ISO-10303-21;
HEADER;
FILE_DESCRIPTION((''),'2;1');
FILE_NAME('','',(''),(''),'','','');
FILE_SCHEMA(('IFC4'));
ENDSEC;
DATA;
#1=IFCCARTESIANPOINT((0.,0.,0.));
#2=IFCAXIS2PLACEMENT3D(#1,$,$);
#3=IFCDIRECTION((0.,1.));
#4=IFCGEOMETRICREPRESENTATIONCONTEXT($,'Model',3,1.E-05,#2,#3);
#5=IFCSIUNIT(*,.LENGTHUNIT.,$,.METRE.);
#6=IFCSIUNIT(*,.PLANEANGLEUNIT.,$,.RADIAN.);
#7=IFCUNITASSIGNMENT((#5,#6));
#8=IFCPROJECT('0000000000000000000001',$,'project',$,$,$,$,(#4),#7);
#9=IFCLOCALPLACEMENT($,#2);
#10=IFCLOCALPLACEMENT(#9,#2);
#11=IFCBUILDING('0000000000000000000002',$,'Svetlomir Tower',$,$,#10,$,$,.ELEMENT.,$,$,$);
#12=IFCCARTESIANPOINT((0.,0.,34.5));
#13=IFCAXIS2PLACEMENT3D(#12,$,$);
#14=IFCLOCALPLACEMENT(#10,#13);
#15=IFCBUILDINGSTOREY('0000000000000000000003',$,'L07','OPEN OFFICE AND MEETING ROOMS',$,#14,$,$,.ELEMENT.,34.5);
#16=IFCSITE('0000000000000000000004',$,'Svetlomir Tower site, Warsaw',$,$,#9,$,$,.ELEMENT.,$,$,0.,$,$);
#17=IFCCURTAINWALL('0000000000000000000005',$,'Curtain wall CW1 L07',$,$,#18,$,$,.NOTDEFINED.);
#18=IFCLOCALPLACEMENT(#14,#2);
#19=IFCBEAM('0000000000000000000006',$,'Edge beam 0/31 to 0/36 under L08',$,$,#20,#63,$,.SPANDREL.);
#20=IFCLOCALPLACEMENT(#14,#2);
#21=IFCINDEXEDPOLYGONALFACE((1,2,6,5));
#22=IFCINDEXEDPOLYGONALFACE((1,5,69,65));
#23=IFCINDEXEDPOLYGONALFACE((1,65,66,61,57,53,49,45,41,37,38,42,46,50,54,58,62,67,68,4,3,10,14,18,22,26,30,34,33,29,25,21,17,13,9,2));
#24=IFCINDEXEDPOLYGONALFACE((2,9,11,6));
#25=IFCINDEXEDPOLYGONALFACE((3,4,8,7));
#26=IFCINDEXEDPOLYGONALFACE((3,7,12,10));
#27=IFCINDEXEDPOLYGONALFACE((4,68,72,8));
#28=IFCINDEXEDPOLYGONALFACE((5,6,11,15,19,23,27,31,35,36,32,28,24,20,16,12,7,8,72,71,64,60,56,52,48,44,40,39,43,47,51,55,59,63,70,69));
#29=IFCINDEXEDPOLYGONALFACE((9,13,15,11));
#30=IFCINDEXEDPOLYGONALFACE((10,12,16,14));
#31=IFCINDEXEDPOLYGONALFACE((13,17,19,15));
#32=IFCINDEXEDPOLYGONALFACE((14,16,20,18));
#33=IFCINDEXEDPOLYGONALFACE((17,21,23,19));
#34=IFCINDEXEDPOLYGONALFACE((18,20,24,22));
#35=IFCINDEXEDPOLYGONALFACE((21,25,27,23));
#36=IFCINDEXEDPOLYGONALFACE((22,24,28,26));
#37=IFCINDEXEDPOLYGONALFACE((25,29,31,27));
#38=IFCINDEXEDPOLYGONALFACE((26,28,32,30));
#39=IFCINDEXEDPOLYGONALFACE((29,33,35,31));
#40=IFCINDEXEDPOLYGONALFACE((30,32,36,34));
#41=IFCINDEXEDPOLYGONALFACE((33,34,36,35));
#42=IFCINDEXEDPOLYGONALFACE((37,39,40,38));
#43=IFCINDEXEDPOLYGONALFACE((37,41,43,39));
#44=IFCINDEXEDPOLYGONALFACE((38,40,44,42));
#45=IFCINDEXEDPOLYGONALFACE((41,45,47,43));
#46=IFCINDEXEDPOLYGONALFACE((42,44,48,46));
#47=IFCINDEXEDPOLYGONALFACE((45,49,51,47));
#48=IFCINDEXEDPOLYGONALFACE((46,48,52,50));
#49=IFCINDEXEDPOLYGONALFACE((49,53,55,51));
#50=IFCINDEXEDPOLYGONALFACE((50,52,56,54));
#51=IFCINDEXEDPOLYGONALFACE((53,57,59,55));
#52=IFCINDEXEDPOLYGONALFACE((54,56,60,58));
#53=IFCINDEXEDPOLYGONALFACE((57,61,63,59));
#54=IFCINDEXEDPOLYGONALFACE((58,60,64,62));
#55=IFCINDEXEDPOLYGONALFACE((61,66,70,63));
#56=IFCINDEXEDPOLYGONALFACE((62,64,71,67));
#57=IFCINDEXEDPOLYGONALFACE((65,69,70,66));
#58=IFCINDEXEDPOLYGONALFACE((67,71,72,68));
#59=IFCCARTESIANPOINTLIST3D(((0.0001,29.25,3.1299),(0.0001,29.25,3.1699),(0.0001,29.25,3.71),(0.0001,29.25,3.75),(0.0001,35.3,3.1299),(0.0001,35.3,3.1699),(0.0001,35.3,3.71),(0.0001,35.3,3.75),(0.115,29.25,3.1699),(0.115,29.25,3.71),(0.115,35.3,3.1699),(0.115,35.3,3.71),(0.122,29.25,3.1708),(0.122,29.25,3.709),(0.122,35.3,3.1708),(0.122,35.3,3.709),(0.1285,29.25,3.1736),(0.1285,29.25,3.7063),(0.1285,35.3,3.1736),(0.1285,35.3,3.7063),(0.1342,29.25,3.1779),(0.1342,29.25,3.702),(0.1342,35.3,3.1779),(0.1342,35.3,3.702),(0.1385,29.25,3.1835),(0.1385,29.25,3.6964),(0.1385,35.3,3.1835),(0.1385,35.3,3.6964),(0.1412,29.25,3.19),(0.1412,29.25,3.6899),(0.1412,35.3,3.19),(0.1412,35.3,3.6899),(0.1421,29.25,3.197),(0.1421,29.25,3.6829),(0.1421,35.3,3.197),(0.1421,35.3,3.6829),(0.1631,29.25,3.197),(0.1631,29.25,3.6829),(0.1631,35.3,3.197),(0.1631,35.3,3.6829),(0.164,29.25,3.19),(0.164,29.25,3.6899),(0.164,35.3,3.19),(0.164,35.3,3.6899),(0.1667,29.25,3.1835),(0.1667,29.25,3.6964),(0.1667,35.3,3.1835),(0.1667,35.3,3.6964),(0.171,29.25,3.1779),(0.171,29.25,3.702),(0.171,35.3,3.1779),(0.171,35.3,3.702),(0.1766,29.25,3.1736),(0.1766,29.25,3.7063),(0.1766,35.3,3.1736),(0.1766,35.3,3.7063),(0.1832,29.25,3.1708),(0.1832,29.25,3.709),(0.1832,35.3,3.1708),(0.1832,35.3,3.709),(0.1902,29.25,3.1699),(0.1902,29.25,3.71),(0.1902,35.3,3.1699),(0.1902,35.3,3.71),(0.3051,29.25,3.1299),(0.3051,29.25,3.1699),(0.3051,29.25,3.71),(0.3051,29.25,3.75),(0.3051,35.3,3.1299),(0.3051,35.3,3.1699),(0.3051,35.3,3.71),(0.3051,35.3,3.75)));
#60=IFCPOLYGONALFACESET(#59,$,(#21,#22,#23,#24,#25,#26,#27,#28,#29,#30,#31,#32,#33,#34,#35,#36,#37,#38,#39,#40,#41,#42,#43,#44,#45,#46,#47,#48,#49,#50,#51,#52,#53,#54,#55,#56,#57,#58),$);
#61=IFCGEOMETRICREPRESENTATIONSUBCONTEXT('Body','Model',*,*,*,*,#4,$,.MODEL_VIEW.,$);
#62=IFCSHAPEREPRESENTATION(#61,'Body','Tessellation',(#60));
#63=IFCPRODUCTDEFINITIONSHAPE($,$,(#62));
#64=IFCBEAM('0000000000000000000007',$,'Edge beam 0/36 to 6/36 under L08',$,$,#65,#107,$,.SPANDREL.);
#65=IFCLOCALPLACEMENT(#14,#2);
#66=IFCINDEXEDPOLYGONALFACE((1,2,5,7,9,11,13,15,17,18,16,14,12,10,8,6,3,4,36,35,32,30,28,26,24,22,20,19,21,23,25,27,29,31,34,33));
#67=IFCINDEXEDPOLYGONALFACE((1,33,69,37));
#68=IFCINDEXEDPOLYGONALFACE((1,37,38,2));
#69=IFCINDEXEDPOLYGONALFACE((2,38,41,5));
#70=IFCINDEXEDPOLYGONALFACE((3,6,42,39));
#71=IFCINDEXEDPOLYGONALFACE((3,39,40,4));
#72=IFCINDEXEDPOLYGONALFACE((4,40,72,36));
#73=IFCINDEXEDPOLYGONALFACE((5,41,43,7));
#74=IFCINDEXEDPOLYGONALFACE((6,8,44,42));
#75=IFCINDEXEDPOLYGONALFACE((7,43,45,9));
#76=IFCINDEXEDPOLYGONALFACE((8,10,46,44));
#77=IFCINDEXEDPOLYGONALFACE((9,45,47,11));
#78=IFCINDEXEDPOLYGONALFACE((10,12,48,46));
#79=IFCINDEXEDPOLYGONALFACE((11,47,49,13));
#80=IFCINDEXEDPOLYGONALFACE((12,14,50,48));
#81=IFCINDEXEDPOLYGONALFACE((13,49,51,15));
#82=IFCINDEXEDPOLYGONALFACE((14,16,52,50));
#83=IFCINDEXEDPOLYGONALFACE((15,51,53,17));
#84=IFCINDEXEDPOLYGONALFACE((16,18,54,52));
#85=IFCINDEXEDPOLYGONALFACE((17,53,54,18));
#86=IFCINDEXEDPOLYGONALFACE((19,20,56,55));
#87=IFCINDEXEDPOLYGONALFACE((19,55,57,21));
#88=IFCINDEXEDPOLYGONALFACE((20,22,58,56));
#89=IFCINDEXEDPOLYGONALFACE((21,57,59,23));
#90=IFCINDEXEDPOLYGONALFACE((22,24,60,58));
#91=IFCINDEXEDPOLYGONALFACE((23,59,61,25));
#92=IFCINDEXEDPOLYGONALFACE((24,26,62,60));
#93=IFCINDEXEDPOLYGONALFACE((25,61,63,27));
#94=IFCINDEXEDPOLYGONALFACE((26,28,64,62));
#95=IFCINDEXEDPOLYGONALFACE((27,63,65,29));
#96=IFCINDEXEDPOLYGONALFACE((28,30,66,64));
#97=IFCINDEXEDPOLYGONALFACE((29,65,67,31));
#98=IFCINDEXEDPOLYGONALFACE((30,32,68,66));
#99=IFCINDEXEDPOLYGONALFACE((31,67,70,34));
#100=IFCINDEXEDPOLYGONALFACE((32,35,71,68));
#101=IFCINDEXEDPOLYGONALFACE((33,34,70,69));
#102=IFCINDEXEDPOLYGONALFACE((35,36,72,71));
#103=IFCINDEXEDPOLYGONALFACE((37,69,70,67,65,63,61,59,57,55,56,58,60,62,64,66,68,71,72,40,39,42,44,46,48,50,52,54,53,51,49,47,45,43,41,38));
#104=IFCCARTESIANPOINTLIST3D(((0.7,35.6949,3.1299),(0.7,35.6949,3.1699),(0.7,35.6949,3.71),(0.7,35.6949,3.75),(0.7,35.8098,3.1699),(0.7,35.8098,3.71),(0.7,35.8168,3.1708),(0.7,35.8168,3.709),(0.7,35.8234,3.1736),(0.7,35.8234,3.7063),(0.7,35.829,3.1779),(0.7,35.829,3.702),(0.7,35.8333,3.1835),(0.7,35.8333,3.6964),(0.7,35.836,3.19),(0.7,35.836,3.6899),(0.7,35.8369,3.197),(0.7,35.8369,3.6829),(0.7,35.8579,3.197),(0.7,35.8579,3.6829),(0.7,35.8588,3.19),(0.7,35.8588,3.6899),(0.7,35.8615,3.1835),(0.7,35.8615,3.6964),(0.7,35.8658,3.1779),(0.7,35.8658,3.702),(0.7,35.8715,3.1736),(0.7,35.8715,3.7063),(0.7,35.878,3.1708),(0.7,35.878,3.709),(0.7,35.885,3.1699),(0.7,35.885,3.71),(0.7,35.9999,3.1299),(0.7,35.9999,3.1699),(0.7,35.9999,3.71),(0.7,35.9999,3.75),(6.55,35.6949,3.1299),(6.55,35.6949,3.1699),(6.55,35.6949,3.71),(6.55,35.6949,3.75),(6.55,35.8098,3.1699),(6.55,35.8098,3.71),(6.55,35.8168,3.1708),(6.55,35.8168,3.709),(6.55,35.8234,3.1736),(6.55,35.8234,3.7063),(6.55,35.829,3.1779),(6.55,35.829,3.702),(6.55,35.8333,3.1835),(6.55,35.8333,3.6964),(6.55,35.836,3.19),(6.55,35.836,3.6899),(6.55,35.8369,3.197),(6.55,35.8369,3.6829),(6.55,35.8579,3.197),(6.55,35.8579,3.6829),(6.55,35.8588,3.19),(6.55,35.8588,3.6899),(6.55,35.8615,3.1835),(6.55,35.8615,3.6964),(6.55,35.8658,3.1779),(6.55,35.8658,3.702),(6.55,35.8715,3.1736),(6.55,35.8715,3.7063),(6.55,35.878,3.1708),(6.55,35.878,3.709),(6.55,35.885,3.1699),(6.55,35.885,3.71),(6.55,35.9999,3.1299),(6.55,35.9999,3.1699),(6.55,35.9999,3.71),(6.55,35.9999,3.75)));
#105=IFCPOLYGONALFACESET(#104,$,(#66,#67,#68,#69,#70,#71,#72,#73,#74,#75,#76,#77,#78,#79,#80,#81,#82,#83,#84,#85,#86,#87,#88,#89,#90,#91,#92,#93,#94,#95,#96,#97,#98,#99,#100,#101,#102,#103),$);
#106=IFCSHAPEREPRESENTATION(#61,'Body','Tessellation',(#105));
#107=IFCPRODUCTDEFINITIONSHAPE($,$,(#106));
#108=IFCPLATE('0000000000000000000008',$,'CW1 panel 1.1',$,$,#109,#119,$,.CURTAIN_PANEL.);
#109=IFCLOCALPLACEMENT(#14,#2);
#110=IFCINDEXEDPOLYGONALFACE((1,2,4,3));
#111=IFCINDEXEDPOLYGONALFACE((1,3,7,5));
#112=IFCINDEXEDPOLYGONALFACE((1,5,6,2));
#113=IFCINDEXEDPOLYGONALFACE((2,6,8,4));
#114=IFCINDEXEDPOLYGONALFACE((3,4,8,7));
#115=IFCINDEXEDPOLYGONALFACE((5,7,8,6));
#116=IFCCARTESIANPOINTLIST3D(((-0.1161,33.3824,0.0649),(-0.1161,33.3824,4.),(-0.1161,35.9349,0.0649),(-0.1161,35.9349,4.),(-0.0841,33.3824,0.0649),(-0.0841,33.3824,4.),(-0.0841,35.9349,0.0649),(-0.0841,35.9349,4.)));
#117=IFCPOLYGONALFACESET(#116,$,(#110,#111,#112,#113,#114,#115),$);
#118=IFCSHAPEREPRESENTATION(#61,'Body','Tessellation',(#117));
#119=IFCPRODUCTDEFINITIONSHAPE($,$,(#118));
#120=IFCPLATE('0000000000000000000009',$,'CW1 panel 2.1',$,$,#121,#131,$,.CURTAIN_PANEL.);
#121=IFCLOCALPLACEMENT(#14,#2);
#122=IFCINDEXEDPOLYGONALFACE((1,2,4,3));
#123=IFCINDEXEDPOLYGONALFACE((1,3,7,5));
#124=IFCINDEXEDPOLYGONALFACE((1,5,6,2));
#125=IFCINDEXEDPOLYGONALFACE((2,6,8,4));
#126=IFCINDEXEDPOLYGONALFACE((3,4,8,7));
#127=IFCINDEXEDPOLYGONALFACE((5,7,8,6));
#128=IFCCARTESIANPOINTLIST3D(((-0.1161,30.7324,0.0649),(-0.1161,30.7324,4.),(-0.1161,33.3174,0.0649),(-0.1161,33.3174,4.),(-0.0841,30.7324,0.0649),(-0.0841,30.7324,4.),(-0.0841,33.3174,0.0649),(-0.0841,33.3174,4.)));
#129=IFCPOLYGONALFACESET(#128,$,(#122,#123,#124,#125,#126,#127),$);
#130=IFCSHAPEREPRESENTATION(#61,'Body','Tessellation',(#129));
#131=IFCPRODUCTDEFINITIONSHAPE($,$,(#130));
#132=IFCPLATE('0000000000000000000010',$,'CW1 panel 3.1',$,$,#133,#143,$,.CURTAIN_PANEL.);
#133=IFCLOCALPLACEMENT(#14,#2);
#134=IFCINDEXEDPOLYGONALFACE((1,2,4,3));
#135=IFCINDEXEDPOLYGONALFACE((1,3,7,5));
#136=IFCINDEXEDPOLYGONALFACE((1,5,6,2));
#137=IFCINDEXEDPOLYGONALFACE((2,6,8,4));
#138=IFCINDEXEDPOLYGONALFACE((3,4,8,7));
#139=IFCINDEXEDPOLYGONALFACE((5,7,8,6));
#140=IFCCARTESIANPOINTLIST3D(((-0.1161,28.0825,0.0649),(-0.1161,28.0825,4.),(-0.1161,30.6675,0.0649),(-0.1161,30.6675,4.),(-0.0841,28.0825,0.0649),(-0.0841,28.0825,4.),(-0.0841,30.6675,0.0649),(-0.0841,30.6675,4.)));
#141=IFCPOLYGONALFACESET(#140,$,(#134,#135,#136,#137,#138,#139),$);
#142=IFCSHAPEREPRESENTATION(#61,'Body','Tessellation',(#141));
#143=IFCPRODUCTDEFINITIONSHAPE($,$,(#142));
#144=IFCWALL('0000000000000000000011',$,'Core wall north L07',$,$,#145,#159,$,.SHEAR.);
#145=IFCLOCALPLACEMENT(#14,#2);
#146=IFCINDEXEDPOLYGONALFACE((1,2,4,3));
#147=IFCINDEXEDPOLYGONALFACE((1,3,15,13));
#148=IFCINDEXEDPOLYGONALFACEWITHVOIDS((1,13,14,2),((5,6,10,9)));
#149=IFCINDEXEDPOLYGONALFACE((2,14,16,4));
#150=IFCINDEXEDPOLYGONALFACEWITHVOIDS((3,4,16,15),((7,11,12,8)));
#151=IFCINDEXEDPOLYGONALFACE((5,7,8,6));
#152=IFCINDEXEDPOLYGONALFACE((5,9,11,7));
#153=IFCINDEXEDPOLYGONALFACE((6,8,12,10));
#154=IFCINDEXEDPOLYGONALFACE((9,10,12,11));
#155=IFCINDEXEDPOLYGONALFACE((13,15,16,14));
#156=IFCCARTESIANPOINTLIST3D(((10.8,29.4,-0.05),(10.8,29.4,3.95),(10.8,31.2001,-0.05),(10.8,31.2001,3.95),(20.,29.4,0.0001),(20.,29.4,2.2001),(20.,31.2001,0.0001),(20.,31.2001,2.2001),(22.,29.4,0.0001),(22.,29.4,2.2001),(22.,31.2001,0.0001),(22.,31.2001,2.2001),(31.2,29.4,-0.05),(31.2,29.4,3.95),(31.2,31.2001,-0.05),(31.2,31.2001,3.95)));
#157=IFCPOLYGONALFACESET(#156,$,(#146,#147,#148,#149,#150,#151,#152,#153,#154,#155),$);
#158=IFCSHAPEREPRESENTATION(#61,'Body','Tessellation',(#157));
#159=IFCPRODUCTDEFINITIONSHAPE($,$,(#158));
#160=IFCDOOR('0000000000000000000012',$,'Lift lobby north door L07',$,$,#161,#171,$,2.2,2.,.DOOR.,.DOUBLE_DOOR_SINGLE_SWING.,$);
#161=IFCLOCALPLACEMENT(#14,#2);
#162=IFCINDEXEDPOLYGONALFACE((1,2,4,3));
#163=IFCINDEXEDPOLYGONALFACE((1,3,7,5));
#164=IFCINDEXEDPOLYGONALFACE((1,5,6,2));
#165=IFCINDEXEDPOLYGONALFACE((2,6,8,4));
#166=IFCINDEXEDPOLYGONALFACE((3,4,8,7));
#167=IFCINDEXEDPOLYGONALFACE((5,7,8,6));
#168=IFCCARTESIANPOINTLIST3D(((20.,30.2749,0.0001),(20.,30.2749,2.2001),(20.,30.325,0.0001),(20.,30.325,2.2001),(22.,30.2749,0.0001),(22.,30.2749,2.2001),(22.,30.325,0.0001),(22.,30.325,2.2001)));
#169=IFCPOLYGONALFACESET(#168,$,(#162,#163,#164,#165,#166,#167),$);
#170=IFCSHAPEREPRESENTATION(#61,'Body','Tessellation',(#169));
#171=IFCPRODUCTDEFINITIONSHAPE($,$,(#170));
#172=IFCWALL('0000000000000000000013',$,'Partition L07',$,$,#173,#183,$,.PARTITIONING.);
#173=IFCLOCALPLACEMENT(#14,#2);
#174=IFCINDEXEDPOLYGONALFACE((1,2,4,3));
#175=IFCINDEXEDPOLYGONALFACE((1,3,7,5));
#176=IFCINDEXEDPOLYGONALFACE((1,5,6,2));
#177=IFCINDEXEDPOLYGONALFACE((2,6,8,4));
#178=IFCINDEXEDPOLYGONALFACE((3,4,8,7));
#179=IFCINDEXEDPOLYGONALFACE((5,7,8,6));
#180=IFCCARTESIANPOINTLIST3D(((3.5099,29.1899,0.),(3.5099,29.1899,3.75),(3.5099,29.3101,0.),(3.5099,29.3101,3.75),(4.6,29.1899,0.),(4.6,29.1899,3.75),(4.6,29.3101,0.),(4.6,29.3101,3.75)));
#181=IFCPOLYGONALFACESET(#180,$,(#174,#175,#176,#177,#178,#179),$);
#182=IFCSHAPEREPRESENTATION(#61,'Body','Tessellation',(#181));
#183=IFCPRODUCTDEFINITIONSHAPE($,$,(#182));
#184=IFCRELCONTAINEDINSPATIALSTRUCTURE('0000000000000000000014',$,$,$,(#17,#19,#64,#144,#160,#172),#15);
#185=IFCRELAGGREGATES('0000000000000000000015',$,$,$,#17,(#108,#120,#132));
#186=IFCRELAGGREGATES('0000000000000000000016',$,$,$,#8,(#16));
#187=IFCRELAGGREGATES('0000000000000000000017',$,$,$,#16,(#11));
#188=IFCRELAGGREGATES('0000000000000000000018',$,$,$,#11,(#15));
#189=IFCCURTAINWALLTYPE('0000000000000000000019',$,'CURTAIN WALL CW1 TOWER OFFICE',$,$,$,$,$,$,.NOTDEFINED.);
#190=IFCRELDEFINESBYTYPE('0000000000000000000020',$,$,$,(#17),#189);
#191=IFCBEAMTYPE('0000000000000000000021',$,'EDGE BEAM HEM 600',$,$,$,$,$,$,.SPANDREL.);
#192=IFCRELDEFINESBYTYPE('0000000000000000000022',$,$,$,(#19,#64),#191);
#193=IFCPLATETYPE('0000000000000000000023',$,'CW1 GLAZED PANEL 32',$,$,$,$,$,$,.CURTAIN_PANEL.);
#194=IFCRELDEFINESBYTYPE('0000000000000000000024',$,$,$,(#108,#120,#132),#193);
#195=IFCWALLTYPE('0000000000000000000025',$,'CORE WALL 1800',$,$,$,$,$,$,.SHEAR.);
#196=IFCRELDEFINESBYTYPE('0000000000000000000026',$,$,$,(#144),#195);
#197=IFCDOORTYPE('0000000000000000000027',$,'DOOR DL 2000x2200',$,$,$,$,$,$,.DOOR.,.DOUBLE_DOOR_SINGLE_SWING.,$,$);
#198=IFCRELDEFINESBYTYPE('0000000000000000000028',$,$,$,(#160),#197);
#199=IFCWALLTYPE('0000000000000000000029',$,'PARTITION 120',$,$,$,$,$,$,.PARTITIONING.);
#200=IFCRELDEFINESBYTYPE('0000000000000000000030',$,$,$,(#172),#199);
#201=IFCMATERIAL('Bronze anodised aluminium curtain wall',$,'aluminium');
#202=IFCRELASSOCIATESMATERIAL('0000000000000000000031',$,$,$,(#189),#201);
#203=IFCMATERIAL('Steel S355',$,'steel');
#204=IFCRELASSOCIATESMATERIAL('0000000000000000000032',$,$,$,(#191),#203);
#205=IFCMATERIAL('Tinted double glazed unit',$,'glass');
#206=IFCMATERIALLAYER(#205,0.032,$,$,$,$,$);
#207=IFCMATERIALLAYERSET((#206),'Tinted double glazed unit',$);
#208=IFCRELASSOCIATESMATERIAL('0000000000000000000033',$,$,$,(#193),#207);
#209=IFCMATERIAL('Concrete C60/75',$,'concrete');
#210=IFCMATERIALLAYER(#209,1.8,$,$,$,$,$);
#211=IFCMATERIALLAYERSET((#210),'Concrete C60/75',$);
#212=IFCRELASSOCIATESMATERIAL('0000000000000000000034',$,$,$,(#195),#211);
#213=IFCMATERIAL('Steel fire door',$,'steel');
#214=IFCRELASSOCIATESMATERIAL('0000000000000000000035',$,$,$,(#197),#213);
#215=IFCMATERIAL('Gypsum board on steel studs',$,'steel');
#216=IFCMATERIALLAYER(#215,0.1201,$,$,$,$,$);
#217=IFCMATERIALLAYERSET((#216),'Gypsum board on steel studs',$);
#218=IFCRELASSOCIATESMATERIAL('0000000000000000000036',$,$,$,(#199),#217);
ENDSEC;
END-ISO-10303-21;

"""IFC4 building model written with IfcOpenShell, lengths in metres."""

from ifc_helpers import new_model, si_unit, direction, frame, frame_2d, origin, origin_2d, place, context, subcontext, project, spatial, rectangle, i_section, extrude, material, layer, layer_set, material_profile, profile_set, type_object, element, fill, aggregate, save


model = new_model("IFC4")

# Units and contexts
model_context = context("Model", 3, precision=1e-05, world=origin(), true_north=direction((0.0, 1.0)))
body_context = subcontext(model_context, "Body", "Model", "MODEL_VIEW")
ifc_project = project(units=[si_unit("LENGTHUNIT", "METRE"), si_unit("PLANEANGLEUNIT", "RADIAN")], contexts=[model_context])

# Site, building, storey
site_placement = place(None, origin())
site = spatial("IfcSite", under=ifc_project, at=site_placement, Name="Svetlomir Tower site, Warsaw", CompositionType="ELEMENT", RefElevation=0.0)
building_placement = place(site_placement, origin())
building = spatial("IfcBuilding", under=site, at=building_placement, Name="Svetlomir Tower", CompositionType="ELEMENT")
storey_placement = place(building_placement, frame((0.0, 0.0, 34.5)))
storey = spatial("IfcBuildingStorey", under=building, at=storey_placement, Name="L07", Description="OPEN OFFICE AND MEETING ROOMS", CompositionType="ELEMENT", Elevation=34.5)

# Curtain wall
ifc_material_1 = material(Name="Bronze anodised aluminium curtain wall", Category="aluminium")
curtain_wall_type = type_object("IfcCurtainWallType", Name="CURTAIN WALL CW1 TOWER OFFICE", PredefinedType="NOTDEFINED", material=ifc_material_1)
curtain_wall_placement = place(storey_placement, origin())
curtain_wall = element("IfcCurtainWall", 1, at=curtain_wall_placement, inside=storey, type_object=curtain_wall_type, Name="Curtain wall CW1 L07", PredefinedType="NOTDEFINED")

# Beams
ifc_material_2 = material(Name="Steel S355", Category="steel")
ifc_material_profile_1 = material_profile(ifc_material_2, i_section(OverallWidth=0.3049, OverallDepth=0.6201, WebThickness=0.021, FlangeThickness=0.04, FilletRadius=0.0271, at=origin_2d()), Name="HEM 600")
ifc_profile_set_1 = profile_set([ifc_material_profile_1], Name="Steel S355")
beam_type = type_object("IfcBeamType", Name="EDGE BEAM HEM 600", PredefinedType="SPANDREL", material=ifc_profile_set_1)
beam_1_placement = place(storey_placement, frame((0.1526, 29.25, 3.4399), z_axis=(0.0, 1.0, 0.0), x_axis=(-1.0, 0.0, 0.0)))
element("IfcBeam", 2, at=beam_1_placement, inside=storey, type_object=beam_type, Name="Edge beam 0/31 to 0/36 under L08", PredefinedType="SPANDREL", context=body_context, shape_type="SweptSolid", body=[
    extrude(i_section(OverallWidth=0.3049, OverallDepth=0.6201, WebThickness=0.021, FlangeThickness=0.04, FilletRadius=0.0271, at=origin_2d()), origin(), (0.0, 0.0, 1.0), 6.05),
])
beam_2_placement = place(storey_placement, frame((0.7, 35.8474, 3.4399), z_axis=(1.0, 0.0, 0.0), x_axis=(0.0, 1.0, 0.0)))
element("IfcBeam", 3, at=beam_2_placement, inside=storey, type_object=beam_type, Name="Edge beam 0/36 to 6/36 under L08", PredefinedType="SPANDREL", context=body_context, shape_type="SweptSolid", body=[
    extrude(i_section(OverallWidth=0.3049, OverallDepth=0.6201, WebThickness=0.021, FlangeThickness=0.04, FilletRadius=0.0271, at=origin_2d()), origin(), (0.0, 0.0, 1.0), 5.8501),
])

# Plates
ifc_material_3 = material(Name="Tinted double glazed unit", Category="glass")
ifc_layer_1 = layer(ifc_material_3, 0.032)
ifc_layer_set_1 = layer_set([ifc_layer_1], Name="Tinted double glazed unit")
plate_type = type_object("IfcPlateType", Name="CW1 GLAZED PANEL 32", PredefinedType="CURTAIN_PANEL", material=ifc_layer_set_1)
plate_1_placement = place(storey_placement, frame((-0.1001, 34.6587, 0.0649), z_axis=(0.0, 0.0, 1.0), x_axis=(0.0, -1.0, 0.0)))
plate_1 = element("IfcPlate", 4, at=plate_1_placement, type_object=plate_type, Name="CW1 panel 1.1", PredefinedType="CURTAIN_PANEL", context=body_context, shape_type="SweptSolid", body=[
    extrude(rectangle(XDim=2.5525, YDim=0.032, at=origin_2d()), origin(), (0.0, 0.0, 1.0), 3.9351),
])
plate_2_placement = place(storey_placement, frame((-0.1001, 32.0249, 0.0649), z_axis=(0.0, 0.0, 1.0), x_axis=(0.0, -1.0, 0.0)))
plate_2 = element("IfcPlate", 5, at=plate_2_placement, type_object=plate_type, Name="CW1 panel 2.1", PredefinedType="CURTAIN_PANEL", context=body_context, shape_type="SweptSolid", body=[
    extrude(rectangle(XDim=2.585, YDim=0.032, at=origin_2d()), origin(), (0.0, 0.0, 1.0), 3.9351),
])
plate_3_placement = place(storey_placement, frame((-0.1001, 29.375, 0.0649), z_axis=(0.0, 0.0, 1.0), x_axis=(0.0, -1.0, 0.0)))
plate_3 = element("IfcPlate", 6, at=plate_3_placement, type_object=plate_type, Name="CW1 panel 3.1", PredefinedType="CURTAIN_PANEL", context=body_context, shape_type="SweptSolid", body=[
    extrude(rectangle(XDim=2.585, YDim=0.032, at=origin_2d()), origin(), (0.0, 0.0, 1.0), 3.9351),
])
aggregate(curtain_wall, [plate_1, plate_2, plate_3])

# Wall, opening, door
ifc_material_4 = material(Name="Concrete C60/75", Category="concrete")
ifc_layer_2 = layer(ifc_material_4, 1.8)
ifc_layer_set_2 = layer_set([ifc_layer_2], Name="Concrete C60/75")
wall_type_1 = type_object("IfcWallType", Name="CORE WALL 1800", PredefinedType="SHEAR", material=ifc_layer_set_2)
wall_1_placement = place(storey_placement, frame((10.8, 30.3, -0.05), z_axis=(0.0, 0.0, 1.0), x_axis=(1.0, 0.0, 0.0)))
wall_1 = element("IfcWall", 7, at=wall_1_placement, inside=storey, type_object=wall_type_1, Name="Core wall north L07", PredefinedType="SHEAR", context=body_context, shape_type="SweptSolid", body=[
    extrude(rectangle(XDim=20.3999, YDim=1.8, at=frame_2d((10.2, 0.0))), origin(), (0.0, 0.0, 1.0), 4.0),
])
opening_1_placement = place(wall_1_placement, frame((9.2, 0.0, 0.05)))
opening_1 = element("IfcOpeningElement", 8, at=opening_1_placement, cuts=wall_1, PredefinedType="OPENING", context=body_context, shape_type="SweptSolid", body=[
    extrude(rectangle(XDim=2.0, YDim=2.2, at=frame_2d((1.0, 1.1001))), frame((0.0, 0.9102, 0.0), z_axis=(0.0, -1.0, 0.0), x_axis=(1.0, 0.0, 0.0)), (0.0, 0.0, 1.0), 1.8201),
])
ifc_material_5 = material(Name="Steel fire door", Category="steel")
door_type_1 = type_object("IfcDoorType", Name="DOOR DL 2000x2200", OperationType="DOUBLE_DOOR_SINGLE_SWING", PredefinedType="DOOR", material=ifc_material_5)
door_1_placement = place(opening_1_placement, origin())
door_1 = element("IfcDoor", 9, at=door_1_placement, inside=storey, type_object=door_type_1, Name="Lift lobby north door L07", OperationType="DOUBLE_DOOR_SINGLE_SWING", OverallHeight=2.2, OverallWidth=2.0, PredefinedType="DOOR", context=body_context, shape_type="SweptSolid", body=[
    extrude(rectangle(XDim=2.0, YDim=2.2, at=frame_2d((1.0, 1.1001))), frame((0.0, 0.0249, 0.0), z_axis=(0.0, -1.0, 0.0), x_axis=(1.0, 0.0, 0.0)), (0.0, 0.0, 1.0), 0.05),
])
fill(opening_1, door_1)

# Wall
ifc_material_6 = material(Name="Gypsum board on steel studs", Category="steel")
ifc_layer_3 = layer(ifc_material_6, 0.1201)
ifc_layer_set_3 = layer_set([ifc_layer_3], Name="Gypsum board on steel studs")
wall_type_2 = type_object("IfcWallType", Name="PARTITION 120", PredefinedType="PARTITIONING", material=ifc_layer_set_3)
wall_2_placement = place(storey_placement, frame((3.51, 29.25, 0.0), z_axis=(0.0, 0.0, 1.0), x_axis=(1.0, 0.0, 0.0)))
element("IfcWall", 10, at=wall_2_placement, inside=storey, type_object=wall_type_2, Name="Partition L07", PredefinedType="PARTITIONING", context=body_context, shape_type="SweptSolid", body=[
    extrude(rectangle(XDim=1.0901, YDim=0.1201, at=frame_2d((0.5449, 0.0))), origin(), (0.0, 0.0, 1.0), 3.75),
])

save(model, "model.ifc")
